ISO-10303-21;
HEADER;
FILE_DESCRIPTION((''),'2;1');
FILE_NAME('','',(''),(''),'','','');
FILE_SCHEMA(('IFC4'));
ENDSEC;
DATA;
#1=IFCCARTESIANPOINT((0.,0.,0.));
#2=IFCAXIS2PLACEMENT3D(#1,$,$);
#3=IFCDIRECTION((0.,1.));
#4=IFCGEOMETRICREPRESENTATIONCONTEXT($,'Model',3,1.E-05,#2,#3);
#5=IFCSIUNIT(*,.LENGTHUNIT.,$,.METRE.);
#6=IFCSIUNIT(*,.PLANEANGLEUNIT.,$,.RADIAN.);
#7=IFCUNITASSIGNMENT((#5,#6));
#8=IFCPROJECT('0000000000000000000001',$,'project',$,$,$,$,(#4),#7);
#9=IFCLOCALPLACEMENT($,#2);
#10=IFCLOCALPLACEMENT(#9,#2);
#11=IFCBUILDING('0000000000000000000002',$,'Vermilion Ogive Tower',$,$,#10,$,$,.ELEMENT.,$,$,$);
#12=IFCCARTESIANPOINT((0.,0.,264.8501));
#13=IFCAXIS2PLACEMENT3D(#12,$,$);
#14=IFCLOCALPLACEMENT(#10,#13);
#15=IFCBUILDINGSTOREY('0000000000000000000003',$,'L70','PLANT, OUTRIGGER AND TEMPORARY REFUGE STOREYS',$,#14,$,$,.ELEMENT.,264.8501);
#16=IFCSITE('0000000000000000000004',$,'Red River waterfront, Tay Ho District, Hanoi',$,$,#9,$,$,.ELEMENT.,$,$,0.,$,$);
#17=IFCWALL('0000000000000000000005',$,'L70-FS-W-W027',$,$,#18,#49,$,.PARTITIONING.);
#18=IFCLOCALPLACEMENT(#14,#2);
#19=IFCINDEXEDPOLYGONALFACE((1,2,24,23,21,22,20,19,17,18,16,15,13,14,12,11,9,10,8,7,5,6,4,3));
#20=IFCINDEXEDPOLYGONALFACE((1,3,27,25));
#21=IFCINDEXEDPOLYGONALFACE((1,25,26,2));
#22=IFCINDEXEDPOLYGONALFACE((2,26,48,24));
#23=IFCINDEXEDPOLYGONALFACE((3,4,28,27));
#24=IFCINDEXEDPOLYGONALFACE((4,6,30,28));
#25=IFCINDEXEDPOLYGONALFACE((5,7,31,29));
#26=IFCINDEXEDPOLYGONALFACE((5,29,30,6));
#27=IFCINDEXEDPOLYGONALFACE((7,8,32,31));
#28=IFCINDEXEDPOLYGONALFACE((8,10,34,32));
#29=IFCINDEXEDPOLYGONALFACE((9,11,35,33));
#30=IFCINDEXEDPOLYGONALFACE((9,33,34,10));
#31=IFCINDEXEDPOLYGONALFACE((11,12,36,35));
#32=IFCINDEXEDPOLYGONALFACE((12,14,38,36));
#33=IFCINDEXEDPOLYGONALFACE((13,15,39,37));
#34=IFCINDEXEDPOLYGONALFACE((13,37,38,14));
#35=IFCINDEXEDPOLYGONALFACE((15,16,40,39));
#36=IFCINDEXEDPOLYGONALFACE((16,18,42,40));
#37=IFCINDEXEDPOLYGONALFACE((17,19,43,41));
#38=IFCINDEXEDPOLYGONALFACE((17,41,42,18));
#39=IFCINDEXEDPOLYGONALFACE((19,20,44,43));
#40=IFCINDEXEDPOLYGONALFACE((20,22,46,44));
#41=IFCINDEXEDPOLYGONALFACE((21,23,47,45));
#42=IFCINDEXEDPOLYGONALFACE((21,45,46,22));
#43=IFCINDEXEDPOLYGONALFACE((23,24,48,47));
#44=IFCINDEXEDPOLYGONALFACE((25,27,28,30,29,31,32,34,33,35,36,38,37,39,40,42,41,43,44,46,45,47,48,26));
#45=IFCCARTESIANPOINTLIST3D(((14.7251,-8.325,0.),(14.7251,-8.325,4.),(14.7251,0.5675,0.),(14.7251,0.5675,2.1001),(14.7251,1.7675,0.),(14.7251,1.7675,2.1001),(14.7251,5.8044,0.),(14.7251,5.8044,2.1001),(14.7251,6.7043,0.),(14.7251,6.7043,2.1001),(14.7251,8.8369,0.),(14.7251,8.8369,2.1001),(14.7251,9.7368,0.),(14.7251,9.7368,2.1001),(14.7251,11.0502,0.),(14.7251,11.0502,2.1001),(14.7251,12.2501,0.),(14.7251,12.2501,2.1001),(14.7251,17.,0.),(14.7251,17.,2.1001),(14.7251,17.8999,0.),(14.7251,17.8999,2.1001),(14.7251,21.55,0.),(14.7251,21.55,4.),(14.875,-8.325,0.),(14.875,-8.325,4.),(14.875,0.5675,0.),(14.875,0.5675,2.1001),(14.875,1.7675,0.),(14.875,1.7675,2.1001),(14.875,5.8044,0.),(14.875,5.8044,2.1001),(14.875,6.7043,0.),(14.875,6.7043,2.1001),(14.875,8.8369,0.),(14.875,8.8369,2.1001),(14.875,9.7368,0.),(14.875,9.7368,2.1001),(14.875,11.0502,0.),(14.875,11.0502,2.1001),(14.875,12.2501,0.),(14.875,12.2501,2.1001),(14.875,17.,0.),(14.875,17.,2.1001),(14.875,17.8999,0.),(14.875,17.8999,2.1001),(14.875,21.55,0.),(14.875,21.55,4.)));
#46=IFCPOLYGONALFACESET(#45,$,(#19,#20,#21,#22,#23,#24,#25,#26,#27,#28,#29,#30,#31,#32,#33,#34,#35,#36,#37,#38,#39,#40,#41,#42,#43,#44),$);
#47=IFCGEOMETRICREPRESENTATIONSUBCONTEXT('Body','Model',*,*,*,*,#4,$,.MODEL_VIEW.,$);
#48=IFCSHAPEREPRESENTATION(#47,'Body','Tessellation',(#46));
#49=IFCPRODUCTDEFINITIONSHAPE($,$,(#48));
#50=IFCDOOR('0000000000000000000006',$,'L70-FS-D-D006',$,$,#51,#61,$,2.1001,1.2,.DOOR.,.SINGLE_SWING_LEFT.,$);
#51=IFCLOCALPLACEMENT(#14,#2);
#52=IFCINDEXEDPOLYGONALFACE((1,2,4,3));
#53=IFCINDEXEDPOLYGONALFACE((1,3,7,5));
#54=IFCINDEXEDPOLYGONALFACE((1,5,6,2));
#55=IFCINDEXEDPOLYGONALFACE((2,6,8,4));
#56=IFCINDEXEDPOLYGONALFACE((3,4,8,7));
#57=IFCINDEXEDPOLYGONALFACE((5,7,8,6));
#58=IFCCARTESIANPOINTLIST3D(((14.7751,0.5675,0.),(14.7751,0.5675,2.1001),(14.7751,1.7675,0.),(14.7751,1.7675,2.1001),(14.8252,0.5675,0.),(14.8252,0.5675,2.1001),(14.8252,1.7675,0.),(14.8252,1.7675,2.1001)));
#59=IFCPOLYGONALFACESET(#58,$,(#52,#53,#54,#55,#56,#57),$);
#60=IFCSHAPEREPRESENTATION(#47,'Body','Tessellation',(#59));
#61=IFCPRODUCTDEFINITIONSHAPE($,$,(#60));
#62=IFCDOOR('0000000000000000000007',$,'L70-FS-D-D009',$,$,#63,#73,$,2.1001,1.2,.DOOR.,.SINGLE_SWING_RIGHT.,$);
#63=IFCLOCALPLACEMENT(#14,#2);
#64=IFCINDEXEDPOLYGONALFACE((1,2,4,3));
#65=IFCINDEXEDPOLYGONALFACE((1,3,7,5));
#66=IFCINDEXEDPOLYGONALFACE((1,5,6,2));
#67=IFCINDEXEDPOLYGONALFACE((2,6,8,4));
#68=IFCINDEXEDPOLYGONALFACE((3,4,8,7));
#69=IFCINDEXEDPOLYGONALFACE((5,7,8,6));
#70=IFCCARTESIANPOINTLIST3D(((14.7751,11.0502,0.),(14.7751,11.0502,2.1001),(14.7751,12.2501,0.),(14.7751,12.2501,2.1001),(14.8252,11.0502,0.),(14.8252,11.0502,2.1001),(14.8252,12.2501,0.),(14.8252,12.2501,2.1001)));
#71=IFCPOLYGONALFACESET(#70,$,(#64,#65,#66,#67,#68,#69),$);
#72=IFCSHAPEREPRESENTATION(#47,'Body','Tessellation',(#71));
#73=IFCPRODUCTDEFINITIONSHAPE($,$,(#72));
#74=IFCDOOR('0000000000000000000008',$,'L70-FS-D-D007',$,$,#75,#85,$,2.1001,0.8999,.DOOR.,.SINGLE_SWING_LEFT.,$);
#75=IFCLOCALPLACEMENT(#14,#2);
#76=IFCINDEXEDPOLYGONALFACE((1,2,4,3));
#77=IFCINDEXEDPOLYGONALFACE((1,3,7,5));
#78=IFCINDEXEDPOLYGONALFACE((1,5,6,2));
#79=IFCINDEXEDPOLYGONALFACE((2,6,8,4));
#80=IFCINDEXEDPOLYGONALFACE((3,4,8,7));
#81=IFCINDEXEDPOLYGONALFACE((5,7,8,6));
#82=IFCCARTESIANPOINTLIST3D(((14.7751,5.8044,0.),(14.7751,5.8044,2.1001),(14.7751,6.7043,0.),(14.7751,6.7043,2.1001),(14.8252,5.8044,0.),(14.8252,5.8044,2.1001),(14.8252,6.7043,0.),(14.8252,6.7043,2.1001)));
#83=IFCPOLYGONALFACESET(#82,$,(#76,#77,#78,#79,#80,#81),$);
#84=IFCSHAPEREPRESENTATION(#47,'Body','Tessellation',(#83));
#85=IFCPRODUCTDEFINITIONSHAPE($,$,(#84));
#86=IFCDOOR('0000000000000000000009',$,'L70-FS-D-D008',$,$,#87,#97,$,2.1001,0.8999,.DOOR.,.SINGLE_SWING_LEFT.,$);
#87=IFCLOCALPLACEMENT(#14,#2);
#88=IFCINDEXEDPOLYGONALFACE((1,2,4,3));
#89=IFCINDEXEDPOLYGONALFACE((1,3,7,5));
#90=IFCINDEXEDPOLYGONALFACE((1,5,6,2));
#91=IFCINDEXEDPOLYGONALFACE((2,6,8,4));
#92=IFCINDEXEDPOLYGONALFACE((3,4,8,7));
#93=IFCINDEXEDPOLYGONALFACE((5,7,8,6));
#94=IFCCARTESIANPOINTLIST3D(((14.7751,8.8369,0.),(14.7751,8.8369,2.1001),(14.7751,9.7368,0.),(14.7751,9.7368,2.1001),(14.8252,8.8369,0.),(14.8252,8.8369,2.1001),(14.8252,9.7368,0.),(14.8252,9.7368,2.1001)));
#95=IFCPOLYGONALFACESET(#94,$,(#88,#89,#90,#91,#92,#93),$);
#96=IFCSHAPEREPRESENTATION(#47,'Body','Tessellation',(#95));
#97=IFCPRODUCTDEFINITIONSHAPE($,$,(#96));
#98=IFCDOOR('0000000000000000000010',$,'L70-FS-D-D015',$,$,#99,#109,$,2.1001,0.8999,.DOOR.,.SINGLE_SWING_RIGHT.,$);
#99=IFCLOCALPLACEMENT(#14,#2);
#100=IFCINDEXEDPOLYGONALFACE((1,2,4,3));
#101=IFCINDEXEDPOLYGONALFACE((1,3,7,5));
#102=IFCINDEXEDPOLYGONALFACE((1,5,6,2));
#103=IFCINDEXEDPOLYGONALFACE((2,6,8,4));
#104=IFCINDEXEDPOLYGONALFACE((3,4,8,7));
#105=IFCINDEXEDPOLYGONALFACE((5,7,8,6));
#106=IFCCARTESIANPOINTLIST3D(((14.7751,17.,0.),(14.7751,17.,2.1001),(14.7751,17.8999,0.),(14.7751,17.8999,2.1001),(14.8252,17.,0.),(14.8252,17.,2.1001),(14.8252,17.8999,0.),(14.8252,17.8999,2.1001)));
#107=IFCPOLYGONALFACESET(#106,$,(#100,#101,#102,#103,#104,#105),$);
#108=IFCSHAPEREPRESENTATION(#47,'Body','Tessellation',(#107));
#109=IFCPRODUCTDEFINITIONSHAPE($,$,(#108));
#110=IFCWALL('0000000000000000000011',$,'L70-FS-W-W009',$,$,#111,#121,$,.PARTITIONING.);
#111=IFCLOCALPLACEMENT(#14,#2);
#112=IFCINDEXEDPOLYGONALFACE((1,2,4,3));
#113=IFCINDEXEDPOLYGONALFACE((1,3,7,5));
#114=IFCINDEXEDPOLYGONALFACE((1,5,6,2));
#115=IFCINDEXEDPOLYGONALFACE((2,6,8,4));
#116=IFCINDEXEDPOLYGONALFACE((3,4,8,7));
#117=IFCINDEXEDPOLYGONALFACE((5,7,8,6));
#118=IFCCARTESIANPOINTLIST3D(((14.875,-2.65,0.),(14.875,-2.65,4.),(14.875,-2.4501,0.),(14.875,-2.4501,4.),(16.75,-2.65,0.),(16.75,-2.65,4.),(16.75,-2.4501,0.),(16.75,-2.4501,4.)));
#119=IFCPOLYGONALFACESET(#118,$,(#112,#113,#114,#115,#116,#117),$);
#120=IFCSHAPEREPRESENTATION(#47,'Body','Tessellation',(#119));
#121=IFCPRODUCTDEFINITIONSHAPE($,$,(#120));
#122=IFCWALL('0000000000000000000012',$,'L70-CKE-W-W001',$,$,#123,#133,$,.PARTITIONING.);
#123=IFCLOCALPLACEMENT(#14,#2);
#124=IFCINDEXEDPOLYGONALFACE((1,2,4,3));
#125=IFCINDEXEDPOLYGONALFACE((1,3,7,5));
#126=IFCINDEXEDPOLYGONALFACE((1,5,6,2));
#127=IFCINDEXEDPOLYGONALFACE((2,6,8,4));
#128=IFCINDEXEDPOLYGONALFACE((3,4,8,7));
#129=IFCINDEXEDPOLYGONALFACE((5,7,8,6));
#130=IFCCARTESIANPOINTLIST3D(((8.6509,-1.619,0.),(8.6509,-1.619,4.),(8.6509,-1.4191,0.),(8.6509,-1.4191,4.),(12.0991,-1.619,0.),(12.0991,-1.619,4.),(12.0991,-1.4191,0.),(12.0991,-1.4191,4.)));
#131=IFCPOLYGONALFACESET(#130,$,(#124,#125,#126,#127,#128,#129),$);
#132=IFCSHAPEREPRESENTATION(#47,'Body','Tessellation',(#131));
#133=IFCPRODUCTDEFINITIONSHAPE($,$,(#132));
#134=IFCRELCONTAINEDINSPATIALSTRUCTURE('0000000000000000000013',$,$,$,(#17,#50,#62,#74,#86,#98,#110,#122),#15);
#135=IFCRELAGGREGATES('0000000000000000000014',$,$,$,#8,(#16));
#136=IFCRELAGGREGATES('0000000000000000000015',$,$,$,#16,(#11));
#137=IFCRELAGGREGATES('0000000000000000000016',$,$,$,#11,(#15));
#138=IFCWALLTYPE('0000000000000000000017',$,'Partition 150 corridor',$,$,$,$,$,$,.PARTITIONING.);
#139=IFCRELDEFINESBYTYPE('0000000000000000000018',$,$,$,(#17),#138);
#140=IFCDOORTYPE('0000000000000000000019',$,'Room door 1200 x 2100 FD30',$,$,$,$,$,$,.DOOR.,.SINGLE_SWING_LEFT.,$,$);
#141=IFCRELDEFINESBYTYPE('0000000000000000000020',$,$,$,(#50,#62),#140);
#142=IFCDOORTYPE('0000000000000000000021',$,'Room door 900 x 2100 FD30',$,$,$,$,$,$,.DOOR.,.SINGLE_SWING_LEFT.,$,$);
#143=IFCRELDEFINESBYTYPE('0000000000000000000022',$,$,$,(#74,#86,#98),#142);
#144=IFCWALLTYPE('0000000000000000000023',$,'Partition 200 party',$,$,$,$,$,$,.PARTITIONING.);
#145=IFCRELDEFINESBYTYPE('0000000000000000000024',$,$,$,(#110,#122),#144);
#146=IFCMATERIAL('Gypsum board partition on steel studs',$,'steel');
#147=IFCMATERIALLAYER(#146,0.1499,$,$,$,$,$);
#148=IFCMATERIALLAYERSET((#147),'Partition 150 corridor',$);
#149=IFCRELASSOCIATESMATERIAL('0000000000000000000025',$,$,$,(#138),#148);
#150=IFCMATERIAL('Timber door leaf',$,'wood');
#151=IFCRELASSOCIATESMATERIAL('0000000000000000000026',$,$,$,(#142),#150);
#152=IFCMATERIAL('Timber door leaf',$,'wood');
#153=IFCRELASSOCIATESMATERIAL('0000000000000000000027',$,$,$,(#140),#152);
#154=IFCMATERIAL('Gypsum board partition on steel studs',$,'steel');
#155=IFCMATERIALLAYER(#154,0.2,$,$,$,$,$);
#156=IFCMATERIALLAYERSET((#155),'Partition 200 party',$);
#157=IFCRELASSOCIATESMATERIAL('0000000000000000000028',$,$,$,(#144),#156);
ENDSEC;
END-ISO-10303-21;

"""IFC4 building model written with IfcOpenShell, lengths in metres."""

from ifc_helpers import new_model, si_unit, direction, frame, frame_2d, origin, place, context, subcontext, project, spatial, rectangle, extrude, material, layer, layer_set, type_object, element, fill, save


model = new_model("IFC4")

# Units and contexts
model_context = context("Model", 3, precision=1e-05, world=origin(), true_north=direction((0.0, 1.0)))
body_context = subcontext(model_context, "Body", "Model", "MODEL_VIEW")
ifc_project = project(units=[si_unit("LENGTHUNIT", "METRE"), si_unit("PLANEANGLEUNIT", "RADIAN")], contexts=[model_context])

# Site, building, storey
site_placement = place(None, origin())
site = spatial("IfcSite", under=ifc_project, at=site_placement, Name="Red River waterfront, Tay Ho District, Hanoi", CompositionType="ELEMENT", RefElevation=0.0)
building_placement = place(site_placement, origin())
building = spatial("IfcBuilding", under=site, at=building_placement, Name="Vermilion Ogive Tower", CompositionType="ELEMENT")
storey_placement = place(building_placement, frame((0.0, 0.0, 264.8501)))
storey = spatial("IfcBuildingStorey", under=building, at=storey_placement, Name="L70", Description="PLANT, OUTRIGGER AND TEMPORARY REFUGE STOREYS", CompositionType="ELEMENT", Elevation=264.8501)

# Shared definitions
ifc_material_1 = material(Name="Gypsum board partition on steel studs", Category="steel")
ifc_layer_1 = layer(ifc_material_1, 0.1499)
ifc_layer_set_1 = layer_set([ifc_layer_1], Name="Partition 150 corridor")
wall_type_1 = type_object("IfcWallType", Name="Partition 150 corridor", PredefinedType="PARTITIONING", material=ifc_layer_set_1)
ifc_material_2 = material(Name="Timber door leaf", Category="wood")
door_type_1 = type_object("IfcDoorType", Name="Room door 900 x 2100 FD30", OperationType="SINGLE_SWING_LEFT", PredefinedType="DOOR", material=ifc_material_2)

# Wall, openings, doors
wall_1_placement = place(storey_placement, frame((14.8, -8.325, 0.0), z_axis=(0.0, 0.0, 1.0), x_axis=(0.0, 1.0, 0.0)))
wall_1 = element("IfcWall", 1, at=wall_1_placement, inside=storey, type_object=wall_type_1, Name="L70-FS-W-W027", PredefinedType="PARTITIONING", context=body_context, shape_type="SweptSolid", body=[
    extrude(rectangle(XDim=29.875, YDim=0.1499, at=frame_2d((14.9375, 0.0))), origin(), (0.0, 0.0, 1.0), 4.0),
])
opening_1_placement = place(wall_1_placement, frame((8.8923, 0.0, 0.0)))
opening_1 = element("IfcOpeningElement", 2, at=opening_1_placement, cuts=wall_1, PredefinedType="OPENING", context=body_context, shape_type="SweptSolid", body=[
    extrude(rectangle(XDim=1.2, YDim=2.1001, at=frame_2d((0.6001, 1.05))), frame((0.0, 0.085, 0.0), z_axis=(0.0, -1.0, 0.0), x_axis=(1.0, 0.0, 0.0)), (0.0, 0.0, 1.0), 0.1699),
])
opening_2_placement = place(wall_1_placement, frame((14.1294, 0.0, 0.0)))
opening_2 = element("IfcOpeningElement", 3, at=opening_2_placement, cuts=wall_1, PredefinedType="OPENING", context=body_context, shape_type="SweptSolid", body=[
    extrude(rectangle(XDim=0.8999, YDim=2.1001, at=frame_2d((0.45, 1.05))), frame((0.0, 0.085, 0.0), z_axis=(0.0, -1.0, 0.0), x_axis=(1.0, 0.0, 0.0)), (0.0, 0.0, 1.0), 0.1699),
])
opening_3_placement = place(wall_1_placement, frame((17.1619, 0.0, 0.0)))
opening_3 = element("IfcOpeningElement", 4, at=opening_3_placement, cuts=wall_1, PredefinedType="OPENING", context=body_context, shape_type="SweptSolid", body=[
    extrude(rectangle(XDim=0.8999, YDim=2.1001, at=frame_2d((0.45, 1.05))), frame((0.0, 0.085, 0.0), z_axis=(0.0, -1.0, 0.0), x_axis=(1.0, 0.0, 0.0)), (0.0, 0.0, 1.0), 0.1699),
])
opening_4_placement = place(wall_1_placement, frame((19.375, 0.0, 0.0)))
opening_4 = element("IfcOpeningElement", 5, at=opening_4_placement, cuts=wall_1, PredefinedType="OPENING", context=body_context, shape_type="SweptSolid", body=[
    extrude(rectangle(XDim=1.2, YDim=2.1001, at=frame_2d((0.6001, 1.05))), frame((0.0, 0.085, 0.0), z_axis=(0.0, -1.0, 0.0), x_axis=(1.0, 0.0, 0.0)), (0.0, 0.0, 1.0), 0.1699),
])
opening_5_placement = place(wall_1_placement, frame((25.325, 0.0, 0.0)))
opening_5 = element("IfcOpeningElement", 6, at=opening_5_placement, cuts=wall_1, PredefinedType="OPENING", context=body_context, shape_type="SweptSolid", body=[
    extrude(rectangle(XDim=0.8999, YDim=2.1001, at=frame_2d((0.45, 1.05))), frame((0.0, 0.085, 0.0), z_axis=(0.0, -1.0, 0.0), x_axis=(1.0, 0.0, 0.0)), (0.0, 0.0, 1.0), 0.1699),
])
ifc_material_3 = material(Name="Timber door leaf", Category="wood")
door_type_2 = type_object("IfcDoorType", Name="Room door 1200 x 2100 FD30", OperationType="SINGLE_SWING_LEFT", PredefinedType="DOOR", material=ifc_material_3)
door_1_placement = place(opening_1_placement, origin())
door_1 = element("IfcDoor", 7, at=door_1_placement, inside=storey, type_object=door_type_2, Name="L70-FS-D-D006", OperationType="SINGLE_SWING_LEFT", OverallHeight=2.1001, OverallWidth=1.2, PredefinedType="DOOR", context=body_context, shape_type="SweptSolid", body=[
    extrude(rectangle(XDim=1.2, YDim=2.1001, at=frame_2d((0.6001, 1.05))), frame((0.0, 0.0249, 0.0), z_axis=(0.0, -1.0, 0.0), x_axis=(1.0, 0.0, 0.0)), (0.0, 0.0, 1.0), 0.05),
])
fill(opening_1, door_1)
door_2_placement = place(opening_4_placement, origin())
door_2 = element("IfcDoor", 8, at=door_2_placement, inside=storey, type_object=door_type_2, Name="L70-FS-D-D009", OperationType="SINGLE_SWING_RIGHT", OverallHeight=2.1001, OverallWidth=1.2, PredefinedType="DOOR", context=body_context, shape_type="SweptSolid", body=[
    extrude(rectangle(XDim=1.2, YDim=2.1001, at=frame_2d((0.6001, 1.05))), frame((0.0, 0.0249, 0.0), z_axis=(0.0, -1.0, 0.0), x_axis=(1.0, 0.0, 0.0)), (0.0, 0.0, 1.0), 0.05),
])
fill(opening_4, door_2)
door_3_placement = place(opening_2_placement, origin())
door_3 = element("IfcDoor", 9, at=door_3_placement, inside=storey, type_object=door_type_1, Name="L70-FS-D-D007", OperationType="SINGLE_SWING_LEFT", OverallHeight=2.1001, OverallWidth=0.8999, PredefinedType="DOOR", context=body_context, shape_type="SweptSolid", body=[
    extrude(rectangle(XDim=0.8999, YDim=2.1001, at=frame_2d((0.45, 1.05))), frame((0.0, 0.0249, 0.0), z_axis=(0.0, -1.0, 0.0), x_axis=(1.0, 0.0, 0.0)), (0.0, 0.0, 1.0), 0.05),
])
fill(opening_2, door_3)
door_4_placement = place(opening_3_placement, origin())
door_4 = element("IfcDoor", 10, at=door_4_placement, inside=storey, type_object=door_type_1, Name="L70-FS-D-D008", OperationType="SINGLE_SWING_LEFT", OverallHeight=2.1001, OverallWidth=0.8999, PredefinedType="DOOR", context=body_context, shape_type="SweptSolid", body=[
    extrude(rectangle(XDim=0.8999, YDim=2.1001, at=frame_2d((0.45, 1.05))), frame((0.0, 0.0249, 0.0), z_axis=(0.0, -1.0, 0.0), x_axis=(1.0, 0.0, 0.0)), (0.0, 0.0, 1.0), 0.05),
])
fill(opening_3, door_4)
door_5_placement = place(opening_5_placement, origin())
door_5 = element("IfcDoor", 11, at=door_5_placement, inside=storey, type_object=door_type_1, Name="L70-FS-D-D015", OperationType="SINGLE_SWING_RIGHT", OverallHeight=2.1001, OverallWidth=0.8999, PredefinedType="DOOR", context=body_context, shape_type="SweptSolid", body=[
    extrude(rectangle(XDim=0.8999, YDim=2.1001, at=frame_2d((0.45, 1.05))), frame((0.0, 0.0249, 0.0), z_axis=(0.0, -1.0, 0.0), x_axis=(1.0, 0.0, 0.0)), (0.0, 0.0, 1.0), 0.05),
])
fill(opening_5, door_5)

# Walls
ifc_material_4 = material(Name="Gypsum board partition on steel studs", Category="steel")
ifc_layer_2 = layer(ifc_material_4, 0.2)
ifc_layer_set_2 = layer_set([ifc_layer_2], Name="Partition 200 party")
wall_type_2 = type_object("IfcWallType", Name="Partition 200 party", PredefinedType="PARTITIONING", material=ifc_layer_set_2)
wall_2_placement = place(storey_placement, frame((14.875, -2.55, 0.0), z_axis=(0.0, 0.0, 1.0), x_axis=(1.0, 0.0, 0.0)))
element("IfcWall", 12, at=wall_2_placement, inside=storey, type_object=wall_type_2, Name="L70-FS-W-W009", PredefinedType="PARTITIONING", context=body_context, shape_type="SweptSolid", body=[
    extrude(rectangle(XDim=1.875, YDim=0.2, at=frame_2d((0.9375, 0.0))), origin(), (0.0, 0.0, 1.0), 4.0),
])
wall_3_placement = place(storey_placement, frame((8.6509, -1.519, 0.0), z_axis=(0.0, 0.0, 1.0), x_axis=(1.0, 0.0, 0.0)))
element("IfcWall", 13, at=wall_3_placement, inside=storey, type_object=wall_type_2, Name="L70-CKE-W-W001", PredefinedType="PARTITIONING", context=body_context, shape_type="SweptSolid", body=[
    extrude(rectangle(XDim=3.4482, YDim=0.2, at=frame_2d((1.7241, 0.0))), origin(), (0.0, 0.0, 1.0), 4.0),
])

save(model, "model.ifc")
